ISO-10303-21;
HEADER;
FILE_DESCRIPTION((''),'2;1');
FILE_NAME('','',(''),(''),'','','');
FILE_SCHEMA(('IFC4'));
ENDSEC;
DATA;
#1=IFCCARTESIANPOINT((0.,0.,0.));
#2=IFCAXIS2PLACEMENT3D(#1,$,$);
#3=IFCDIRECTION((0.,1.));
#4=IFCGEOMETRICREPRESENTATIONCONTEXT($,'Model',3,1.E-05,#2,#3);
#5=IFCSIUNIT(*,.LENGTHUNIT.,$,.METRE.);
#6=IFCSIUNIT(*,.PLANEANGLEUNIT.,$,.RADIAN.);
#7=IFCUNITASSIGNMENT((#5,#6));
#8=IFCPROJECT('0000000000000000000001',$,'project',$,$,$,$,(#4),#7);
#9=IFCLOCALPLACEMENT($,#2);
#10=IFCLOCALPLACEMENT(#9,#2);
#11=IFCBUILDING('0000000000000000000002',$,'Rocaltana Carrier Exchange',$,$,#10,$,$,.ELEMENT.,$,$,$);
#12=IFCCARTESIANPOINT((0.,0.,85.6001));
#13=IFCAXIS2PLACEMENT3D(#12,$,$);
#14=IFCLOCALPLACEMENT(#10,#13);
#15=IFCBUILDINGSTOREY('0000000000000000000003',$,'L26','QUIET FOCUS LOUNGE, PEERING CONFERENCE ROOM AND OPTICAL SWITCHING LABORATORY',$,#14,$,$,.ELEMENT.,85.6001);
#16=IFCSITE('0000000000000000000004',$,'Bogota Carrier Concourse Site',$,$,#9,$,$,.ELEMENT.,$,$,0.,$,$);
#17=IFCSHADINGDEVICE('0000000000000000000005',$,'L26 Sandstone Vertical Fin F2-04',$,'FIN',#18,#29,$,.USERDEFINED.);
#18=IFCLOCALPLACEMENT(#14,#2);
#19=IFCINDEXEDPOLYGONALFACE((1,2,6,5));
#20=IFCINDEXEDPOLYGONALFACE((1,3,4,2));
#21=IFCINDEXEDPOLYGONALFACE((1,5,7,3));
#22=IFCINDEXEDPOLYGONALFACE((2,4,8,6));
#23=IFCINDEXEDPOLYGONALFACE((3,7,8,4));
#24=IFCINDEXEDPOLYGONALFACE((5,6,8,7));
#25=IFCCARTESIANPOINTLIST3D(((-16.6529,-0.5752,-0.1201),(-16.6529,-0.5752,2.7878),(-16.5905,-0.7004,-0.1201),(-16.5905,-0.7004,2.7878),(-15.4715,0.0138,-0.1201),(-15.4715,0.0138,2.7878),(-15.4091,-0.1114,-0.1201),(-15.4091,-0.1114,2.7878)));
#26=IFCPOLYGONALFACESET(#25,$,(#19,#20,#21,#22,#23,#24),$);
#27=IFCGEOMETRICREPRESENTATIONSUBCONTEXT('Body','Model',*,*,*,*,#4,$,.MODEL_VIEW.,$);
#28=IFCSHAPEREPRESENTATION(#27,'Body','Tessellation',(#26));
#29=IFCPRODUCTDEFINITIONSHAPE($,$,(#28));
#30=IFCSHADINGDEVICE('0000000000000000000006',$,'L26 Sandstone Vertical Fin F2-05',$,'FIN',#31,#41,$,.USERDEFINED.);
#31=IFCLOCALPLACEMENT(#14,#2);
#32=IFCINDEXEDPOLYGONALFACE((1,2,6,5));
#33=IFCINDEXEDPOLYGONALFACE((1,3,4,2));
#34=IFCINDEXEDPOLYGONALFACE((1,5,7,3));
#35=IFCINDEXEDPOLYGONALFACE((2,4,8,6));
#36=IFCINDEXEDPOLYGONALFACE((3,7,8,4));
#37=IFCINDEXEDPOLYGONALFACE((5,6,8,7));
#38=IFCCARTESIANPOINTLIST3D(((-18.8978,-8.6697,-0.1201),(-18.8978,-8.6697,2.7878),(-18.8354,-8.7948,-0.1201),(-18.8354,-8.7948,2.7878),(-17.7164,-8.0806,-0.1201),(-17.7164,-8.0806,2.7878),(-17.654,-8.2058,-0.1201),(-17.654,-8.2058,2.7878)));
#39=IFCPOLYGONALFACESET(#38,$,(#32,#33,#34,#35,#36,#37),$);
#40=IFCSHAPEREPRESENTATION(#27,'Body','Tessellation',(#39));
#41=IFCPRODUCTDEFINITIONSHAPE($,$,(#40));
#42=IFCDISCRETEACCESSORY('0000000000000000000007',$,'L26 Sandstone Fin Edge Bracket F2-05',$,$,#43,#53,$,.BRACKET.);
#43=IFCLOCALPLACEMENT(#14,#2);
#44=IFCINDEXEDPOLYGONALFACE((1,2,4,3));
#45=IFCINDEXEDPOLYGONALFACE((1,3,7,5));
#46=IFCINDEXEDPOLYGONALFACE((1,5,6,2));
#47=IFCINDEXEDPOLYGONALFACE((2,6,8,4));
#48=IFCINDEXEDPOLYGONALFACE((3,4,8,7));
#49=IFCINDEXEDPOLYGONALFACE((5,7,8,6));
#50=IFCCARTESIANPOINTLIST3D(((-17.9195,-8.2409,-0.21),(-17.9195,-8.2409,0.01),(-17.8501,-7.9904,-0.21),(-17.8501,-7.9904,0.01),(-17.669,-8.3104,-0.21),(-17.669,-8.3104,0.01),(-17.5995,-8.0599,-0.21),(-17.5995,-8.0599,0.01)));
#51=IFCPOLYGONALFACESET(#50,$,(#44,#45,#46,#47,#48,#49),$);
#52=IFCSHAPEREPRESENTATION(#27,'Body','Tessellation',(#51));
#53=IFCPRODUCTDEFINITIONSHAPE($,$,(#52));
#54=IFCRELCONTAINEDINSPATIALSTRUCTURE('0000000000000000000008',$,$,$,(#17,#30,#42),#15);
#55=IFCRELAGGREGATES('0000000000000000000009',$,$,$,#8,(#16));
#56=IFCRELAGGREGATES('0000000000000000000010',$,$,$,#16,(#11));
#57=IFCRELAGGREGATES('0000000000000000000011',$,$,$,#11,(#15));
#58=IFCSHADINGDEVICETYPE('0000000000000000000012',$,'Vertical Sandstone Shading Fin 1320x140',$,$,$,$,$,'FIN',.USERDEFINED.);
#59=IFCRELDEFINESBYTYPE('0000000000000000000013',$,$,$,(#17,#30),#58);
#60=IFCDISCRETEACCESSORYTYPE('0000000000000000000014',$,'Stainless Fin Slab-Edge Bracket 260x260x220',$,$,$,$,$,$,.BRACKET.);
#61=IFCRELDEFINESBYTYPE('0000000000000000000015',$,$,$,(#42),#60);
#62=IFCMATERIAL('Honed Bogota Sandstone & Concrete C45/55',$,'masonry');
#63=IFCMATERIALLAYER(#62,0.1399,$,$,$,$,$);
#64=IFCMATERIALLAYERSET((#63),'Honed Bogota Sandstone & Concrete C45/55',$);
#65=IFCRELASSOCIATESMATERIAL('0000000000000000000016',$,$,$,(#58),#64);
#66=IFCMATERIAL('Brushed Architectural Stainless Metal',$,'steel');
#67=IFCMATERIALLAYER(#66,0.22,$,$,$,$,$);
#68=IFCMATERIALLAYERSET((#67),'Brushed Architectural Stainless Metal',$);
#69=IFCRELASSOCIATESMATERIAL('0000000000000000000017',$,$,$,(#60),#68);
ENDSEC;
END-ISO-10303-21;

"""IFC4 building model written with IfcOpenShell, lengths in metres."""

from ifc_helpers import new_model, si_unit, direction, frame, origin, origin_2d, place, context, subcontext, project, spatial, rectangle, extrude, material, layer, layer_set, type_object, element, save


model = new_model("IFC4")

# Units and contexts
model_context = context("Model", 3, precision=1e-05, world=origin(), true_north=direction((0.0, 1.0)))
body_context = subcontext(model_context, "Body", "Model", "MODEL_VIEW")
ifc_project = project(units=[si_unit("LENGTHUNIT", "METRE"), si_unit("PLANEANGLEUNIT", "RADIAN")], contexts=[model_context])

# Site, building, storey
site_placement = place(None, origin())
site = spatial("IfcSite", under=ifc_project, at=site_placement, Name="Bogota Carrier Concourse Site", CompositionType="ELEMENT", RefElevation=0.0)
building_placement = place(site_placement, origin())
building = spatial("IfcBuilding", under=site, at=building_placement, Name="Rocaltana Carrier Exchange", CompositionType="ELEMENT")
storey_placement = place(building_placement, frame((0.0, 0.0, 85.6001)))
storey = spatial("IfcBuildingStorey", under=building, at=storey_placement, Name="L26", Description="QUIET FOCUS LOUNGE, PEERING CONFERENCE ROOM AND OPTICAL SWITCHING LABORATORY", CompositionType="ELEMENT", Elevation=85.6001)

# Shading devices
ifc_material_1 = material(Name="Honed Bogota Sandstone & Concrete C45/55", Category="masonry")
ifc_layer_1 = layer(ifc_material_1, 0.1399)
ifc_layer_set_1 = layer_set([ifc_layer_1], Name="Honed Bogota Sandstone & Concrete C45/55")
shading_device_type = type_object("IfcShadingDeviceType", Name="Vertical Sandstone Shading Fin 1320x140", ElementType="FIN", PredefinedType="USERDEFINED", material=ifc_layer_set_1)
for number, where, z_axis, x_axis, name in (
    (1, (-16.031, -0.3433, -0.1201), (0.0, 0.0, 1.0), (-0.894934, -0.446198, 0.0), "L26 Sandstone Vertical Fin F2-04"),
    (2, (-18.2759, -8.4377, -0.1201), (0.0, 0.0, 1.0), (-0.894934, -0.446198, 0.0), "L26 Sandstone Vertical Fin F2-05"),
):
    element("IfcShadingDevice", number, at=place(storey_placement, frame(where, z_axis=z_axis, x_axis=x_axis)), inside=storey, type_object=shading_device_type, Name=name, ObjectType="FIN", PredefinedType="USERDEFINED", context=body_context, shape_type="SweptSolid", body=[
        extrude(rectangle(XDim=1.3201, YDim=0.1399, at=origin_2d()), origin(), (0.0, 0.0, 1.0), 2.908),
    ])

# Discrete accessory
ifc_material_2 = material(Name="Brushed Architectural Stainless Metal", Category="steel")
ifc_layer_2 = layer(ifc_material_2, 0.22)
ifc_layer_set_2 = layer_set([ifc_layer_2], Name="Brushed Architectural Stainless Metal")
discrete_accessory_type = type_object("IfcDiscreteAccessoryType", Name="Stainless Fin Slab-Edge Bracket 260x260x220", PredefinedType="BRACKET", material=ifc_layer_set_2)
discrete_accessory_placement = place(storey_placement, frame((-17.7595, -8.1504, -0.21), z_axis=(0.0, 0.0, 1.0), x_axis=(-0.267238, -0.96363, 0.0)))
element("IfcDiscreteAccessory", 3, at=discrete_accessory_placement, inside=storey, type_object=discrete_accessory_type, Name="L26 Sandstone Fin Edge Bracket F2-05", PredefinedType="BRACKET", context=body_context, shape_type="SweptSolid", body=[
    extrude(rectangle(XDim=0.26, YDim=0.26, at=origin_2d()), origin(), (0.0, 0.0, 1.0), 0.22),
])

save(model, "model.ifc")
